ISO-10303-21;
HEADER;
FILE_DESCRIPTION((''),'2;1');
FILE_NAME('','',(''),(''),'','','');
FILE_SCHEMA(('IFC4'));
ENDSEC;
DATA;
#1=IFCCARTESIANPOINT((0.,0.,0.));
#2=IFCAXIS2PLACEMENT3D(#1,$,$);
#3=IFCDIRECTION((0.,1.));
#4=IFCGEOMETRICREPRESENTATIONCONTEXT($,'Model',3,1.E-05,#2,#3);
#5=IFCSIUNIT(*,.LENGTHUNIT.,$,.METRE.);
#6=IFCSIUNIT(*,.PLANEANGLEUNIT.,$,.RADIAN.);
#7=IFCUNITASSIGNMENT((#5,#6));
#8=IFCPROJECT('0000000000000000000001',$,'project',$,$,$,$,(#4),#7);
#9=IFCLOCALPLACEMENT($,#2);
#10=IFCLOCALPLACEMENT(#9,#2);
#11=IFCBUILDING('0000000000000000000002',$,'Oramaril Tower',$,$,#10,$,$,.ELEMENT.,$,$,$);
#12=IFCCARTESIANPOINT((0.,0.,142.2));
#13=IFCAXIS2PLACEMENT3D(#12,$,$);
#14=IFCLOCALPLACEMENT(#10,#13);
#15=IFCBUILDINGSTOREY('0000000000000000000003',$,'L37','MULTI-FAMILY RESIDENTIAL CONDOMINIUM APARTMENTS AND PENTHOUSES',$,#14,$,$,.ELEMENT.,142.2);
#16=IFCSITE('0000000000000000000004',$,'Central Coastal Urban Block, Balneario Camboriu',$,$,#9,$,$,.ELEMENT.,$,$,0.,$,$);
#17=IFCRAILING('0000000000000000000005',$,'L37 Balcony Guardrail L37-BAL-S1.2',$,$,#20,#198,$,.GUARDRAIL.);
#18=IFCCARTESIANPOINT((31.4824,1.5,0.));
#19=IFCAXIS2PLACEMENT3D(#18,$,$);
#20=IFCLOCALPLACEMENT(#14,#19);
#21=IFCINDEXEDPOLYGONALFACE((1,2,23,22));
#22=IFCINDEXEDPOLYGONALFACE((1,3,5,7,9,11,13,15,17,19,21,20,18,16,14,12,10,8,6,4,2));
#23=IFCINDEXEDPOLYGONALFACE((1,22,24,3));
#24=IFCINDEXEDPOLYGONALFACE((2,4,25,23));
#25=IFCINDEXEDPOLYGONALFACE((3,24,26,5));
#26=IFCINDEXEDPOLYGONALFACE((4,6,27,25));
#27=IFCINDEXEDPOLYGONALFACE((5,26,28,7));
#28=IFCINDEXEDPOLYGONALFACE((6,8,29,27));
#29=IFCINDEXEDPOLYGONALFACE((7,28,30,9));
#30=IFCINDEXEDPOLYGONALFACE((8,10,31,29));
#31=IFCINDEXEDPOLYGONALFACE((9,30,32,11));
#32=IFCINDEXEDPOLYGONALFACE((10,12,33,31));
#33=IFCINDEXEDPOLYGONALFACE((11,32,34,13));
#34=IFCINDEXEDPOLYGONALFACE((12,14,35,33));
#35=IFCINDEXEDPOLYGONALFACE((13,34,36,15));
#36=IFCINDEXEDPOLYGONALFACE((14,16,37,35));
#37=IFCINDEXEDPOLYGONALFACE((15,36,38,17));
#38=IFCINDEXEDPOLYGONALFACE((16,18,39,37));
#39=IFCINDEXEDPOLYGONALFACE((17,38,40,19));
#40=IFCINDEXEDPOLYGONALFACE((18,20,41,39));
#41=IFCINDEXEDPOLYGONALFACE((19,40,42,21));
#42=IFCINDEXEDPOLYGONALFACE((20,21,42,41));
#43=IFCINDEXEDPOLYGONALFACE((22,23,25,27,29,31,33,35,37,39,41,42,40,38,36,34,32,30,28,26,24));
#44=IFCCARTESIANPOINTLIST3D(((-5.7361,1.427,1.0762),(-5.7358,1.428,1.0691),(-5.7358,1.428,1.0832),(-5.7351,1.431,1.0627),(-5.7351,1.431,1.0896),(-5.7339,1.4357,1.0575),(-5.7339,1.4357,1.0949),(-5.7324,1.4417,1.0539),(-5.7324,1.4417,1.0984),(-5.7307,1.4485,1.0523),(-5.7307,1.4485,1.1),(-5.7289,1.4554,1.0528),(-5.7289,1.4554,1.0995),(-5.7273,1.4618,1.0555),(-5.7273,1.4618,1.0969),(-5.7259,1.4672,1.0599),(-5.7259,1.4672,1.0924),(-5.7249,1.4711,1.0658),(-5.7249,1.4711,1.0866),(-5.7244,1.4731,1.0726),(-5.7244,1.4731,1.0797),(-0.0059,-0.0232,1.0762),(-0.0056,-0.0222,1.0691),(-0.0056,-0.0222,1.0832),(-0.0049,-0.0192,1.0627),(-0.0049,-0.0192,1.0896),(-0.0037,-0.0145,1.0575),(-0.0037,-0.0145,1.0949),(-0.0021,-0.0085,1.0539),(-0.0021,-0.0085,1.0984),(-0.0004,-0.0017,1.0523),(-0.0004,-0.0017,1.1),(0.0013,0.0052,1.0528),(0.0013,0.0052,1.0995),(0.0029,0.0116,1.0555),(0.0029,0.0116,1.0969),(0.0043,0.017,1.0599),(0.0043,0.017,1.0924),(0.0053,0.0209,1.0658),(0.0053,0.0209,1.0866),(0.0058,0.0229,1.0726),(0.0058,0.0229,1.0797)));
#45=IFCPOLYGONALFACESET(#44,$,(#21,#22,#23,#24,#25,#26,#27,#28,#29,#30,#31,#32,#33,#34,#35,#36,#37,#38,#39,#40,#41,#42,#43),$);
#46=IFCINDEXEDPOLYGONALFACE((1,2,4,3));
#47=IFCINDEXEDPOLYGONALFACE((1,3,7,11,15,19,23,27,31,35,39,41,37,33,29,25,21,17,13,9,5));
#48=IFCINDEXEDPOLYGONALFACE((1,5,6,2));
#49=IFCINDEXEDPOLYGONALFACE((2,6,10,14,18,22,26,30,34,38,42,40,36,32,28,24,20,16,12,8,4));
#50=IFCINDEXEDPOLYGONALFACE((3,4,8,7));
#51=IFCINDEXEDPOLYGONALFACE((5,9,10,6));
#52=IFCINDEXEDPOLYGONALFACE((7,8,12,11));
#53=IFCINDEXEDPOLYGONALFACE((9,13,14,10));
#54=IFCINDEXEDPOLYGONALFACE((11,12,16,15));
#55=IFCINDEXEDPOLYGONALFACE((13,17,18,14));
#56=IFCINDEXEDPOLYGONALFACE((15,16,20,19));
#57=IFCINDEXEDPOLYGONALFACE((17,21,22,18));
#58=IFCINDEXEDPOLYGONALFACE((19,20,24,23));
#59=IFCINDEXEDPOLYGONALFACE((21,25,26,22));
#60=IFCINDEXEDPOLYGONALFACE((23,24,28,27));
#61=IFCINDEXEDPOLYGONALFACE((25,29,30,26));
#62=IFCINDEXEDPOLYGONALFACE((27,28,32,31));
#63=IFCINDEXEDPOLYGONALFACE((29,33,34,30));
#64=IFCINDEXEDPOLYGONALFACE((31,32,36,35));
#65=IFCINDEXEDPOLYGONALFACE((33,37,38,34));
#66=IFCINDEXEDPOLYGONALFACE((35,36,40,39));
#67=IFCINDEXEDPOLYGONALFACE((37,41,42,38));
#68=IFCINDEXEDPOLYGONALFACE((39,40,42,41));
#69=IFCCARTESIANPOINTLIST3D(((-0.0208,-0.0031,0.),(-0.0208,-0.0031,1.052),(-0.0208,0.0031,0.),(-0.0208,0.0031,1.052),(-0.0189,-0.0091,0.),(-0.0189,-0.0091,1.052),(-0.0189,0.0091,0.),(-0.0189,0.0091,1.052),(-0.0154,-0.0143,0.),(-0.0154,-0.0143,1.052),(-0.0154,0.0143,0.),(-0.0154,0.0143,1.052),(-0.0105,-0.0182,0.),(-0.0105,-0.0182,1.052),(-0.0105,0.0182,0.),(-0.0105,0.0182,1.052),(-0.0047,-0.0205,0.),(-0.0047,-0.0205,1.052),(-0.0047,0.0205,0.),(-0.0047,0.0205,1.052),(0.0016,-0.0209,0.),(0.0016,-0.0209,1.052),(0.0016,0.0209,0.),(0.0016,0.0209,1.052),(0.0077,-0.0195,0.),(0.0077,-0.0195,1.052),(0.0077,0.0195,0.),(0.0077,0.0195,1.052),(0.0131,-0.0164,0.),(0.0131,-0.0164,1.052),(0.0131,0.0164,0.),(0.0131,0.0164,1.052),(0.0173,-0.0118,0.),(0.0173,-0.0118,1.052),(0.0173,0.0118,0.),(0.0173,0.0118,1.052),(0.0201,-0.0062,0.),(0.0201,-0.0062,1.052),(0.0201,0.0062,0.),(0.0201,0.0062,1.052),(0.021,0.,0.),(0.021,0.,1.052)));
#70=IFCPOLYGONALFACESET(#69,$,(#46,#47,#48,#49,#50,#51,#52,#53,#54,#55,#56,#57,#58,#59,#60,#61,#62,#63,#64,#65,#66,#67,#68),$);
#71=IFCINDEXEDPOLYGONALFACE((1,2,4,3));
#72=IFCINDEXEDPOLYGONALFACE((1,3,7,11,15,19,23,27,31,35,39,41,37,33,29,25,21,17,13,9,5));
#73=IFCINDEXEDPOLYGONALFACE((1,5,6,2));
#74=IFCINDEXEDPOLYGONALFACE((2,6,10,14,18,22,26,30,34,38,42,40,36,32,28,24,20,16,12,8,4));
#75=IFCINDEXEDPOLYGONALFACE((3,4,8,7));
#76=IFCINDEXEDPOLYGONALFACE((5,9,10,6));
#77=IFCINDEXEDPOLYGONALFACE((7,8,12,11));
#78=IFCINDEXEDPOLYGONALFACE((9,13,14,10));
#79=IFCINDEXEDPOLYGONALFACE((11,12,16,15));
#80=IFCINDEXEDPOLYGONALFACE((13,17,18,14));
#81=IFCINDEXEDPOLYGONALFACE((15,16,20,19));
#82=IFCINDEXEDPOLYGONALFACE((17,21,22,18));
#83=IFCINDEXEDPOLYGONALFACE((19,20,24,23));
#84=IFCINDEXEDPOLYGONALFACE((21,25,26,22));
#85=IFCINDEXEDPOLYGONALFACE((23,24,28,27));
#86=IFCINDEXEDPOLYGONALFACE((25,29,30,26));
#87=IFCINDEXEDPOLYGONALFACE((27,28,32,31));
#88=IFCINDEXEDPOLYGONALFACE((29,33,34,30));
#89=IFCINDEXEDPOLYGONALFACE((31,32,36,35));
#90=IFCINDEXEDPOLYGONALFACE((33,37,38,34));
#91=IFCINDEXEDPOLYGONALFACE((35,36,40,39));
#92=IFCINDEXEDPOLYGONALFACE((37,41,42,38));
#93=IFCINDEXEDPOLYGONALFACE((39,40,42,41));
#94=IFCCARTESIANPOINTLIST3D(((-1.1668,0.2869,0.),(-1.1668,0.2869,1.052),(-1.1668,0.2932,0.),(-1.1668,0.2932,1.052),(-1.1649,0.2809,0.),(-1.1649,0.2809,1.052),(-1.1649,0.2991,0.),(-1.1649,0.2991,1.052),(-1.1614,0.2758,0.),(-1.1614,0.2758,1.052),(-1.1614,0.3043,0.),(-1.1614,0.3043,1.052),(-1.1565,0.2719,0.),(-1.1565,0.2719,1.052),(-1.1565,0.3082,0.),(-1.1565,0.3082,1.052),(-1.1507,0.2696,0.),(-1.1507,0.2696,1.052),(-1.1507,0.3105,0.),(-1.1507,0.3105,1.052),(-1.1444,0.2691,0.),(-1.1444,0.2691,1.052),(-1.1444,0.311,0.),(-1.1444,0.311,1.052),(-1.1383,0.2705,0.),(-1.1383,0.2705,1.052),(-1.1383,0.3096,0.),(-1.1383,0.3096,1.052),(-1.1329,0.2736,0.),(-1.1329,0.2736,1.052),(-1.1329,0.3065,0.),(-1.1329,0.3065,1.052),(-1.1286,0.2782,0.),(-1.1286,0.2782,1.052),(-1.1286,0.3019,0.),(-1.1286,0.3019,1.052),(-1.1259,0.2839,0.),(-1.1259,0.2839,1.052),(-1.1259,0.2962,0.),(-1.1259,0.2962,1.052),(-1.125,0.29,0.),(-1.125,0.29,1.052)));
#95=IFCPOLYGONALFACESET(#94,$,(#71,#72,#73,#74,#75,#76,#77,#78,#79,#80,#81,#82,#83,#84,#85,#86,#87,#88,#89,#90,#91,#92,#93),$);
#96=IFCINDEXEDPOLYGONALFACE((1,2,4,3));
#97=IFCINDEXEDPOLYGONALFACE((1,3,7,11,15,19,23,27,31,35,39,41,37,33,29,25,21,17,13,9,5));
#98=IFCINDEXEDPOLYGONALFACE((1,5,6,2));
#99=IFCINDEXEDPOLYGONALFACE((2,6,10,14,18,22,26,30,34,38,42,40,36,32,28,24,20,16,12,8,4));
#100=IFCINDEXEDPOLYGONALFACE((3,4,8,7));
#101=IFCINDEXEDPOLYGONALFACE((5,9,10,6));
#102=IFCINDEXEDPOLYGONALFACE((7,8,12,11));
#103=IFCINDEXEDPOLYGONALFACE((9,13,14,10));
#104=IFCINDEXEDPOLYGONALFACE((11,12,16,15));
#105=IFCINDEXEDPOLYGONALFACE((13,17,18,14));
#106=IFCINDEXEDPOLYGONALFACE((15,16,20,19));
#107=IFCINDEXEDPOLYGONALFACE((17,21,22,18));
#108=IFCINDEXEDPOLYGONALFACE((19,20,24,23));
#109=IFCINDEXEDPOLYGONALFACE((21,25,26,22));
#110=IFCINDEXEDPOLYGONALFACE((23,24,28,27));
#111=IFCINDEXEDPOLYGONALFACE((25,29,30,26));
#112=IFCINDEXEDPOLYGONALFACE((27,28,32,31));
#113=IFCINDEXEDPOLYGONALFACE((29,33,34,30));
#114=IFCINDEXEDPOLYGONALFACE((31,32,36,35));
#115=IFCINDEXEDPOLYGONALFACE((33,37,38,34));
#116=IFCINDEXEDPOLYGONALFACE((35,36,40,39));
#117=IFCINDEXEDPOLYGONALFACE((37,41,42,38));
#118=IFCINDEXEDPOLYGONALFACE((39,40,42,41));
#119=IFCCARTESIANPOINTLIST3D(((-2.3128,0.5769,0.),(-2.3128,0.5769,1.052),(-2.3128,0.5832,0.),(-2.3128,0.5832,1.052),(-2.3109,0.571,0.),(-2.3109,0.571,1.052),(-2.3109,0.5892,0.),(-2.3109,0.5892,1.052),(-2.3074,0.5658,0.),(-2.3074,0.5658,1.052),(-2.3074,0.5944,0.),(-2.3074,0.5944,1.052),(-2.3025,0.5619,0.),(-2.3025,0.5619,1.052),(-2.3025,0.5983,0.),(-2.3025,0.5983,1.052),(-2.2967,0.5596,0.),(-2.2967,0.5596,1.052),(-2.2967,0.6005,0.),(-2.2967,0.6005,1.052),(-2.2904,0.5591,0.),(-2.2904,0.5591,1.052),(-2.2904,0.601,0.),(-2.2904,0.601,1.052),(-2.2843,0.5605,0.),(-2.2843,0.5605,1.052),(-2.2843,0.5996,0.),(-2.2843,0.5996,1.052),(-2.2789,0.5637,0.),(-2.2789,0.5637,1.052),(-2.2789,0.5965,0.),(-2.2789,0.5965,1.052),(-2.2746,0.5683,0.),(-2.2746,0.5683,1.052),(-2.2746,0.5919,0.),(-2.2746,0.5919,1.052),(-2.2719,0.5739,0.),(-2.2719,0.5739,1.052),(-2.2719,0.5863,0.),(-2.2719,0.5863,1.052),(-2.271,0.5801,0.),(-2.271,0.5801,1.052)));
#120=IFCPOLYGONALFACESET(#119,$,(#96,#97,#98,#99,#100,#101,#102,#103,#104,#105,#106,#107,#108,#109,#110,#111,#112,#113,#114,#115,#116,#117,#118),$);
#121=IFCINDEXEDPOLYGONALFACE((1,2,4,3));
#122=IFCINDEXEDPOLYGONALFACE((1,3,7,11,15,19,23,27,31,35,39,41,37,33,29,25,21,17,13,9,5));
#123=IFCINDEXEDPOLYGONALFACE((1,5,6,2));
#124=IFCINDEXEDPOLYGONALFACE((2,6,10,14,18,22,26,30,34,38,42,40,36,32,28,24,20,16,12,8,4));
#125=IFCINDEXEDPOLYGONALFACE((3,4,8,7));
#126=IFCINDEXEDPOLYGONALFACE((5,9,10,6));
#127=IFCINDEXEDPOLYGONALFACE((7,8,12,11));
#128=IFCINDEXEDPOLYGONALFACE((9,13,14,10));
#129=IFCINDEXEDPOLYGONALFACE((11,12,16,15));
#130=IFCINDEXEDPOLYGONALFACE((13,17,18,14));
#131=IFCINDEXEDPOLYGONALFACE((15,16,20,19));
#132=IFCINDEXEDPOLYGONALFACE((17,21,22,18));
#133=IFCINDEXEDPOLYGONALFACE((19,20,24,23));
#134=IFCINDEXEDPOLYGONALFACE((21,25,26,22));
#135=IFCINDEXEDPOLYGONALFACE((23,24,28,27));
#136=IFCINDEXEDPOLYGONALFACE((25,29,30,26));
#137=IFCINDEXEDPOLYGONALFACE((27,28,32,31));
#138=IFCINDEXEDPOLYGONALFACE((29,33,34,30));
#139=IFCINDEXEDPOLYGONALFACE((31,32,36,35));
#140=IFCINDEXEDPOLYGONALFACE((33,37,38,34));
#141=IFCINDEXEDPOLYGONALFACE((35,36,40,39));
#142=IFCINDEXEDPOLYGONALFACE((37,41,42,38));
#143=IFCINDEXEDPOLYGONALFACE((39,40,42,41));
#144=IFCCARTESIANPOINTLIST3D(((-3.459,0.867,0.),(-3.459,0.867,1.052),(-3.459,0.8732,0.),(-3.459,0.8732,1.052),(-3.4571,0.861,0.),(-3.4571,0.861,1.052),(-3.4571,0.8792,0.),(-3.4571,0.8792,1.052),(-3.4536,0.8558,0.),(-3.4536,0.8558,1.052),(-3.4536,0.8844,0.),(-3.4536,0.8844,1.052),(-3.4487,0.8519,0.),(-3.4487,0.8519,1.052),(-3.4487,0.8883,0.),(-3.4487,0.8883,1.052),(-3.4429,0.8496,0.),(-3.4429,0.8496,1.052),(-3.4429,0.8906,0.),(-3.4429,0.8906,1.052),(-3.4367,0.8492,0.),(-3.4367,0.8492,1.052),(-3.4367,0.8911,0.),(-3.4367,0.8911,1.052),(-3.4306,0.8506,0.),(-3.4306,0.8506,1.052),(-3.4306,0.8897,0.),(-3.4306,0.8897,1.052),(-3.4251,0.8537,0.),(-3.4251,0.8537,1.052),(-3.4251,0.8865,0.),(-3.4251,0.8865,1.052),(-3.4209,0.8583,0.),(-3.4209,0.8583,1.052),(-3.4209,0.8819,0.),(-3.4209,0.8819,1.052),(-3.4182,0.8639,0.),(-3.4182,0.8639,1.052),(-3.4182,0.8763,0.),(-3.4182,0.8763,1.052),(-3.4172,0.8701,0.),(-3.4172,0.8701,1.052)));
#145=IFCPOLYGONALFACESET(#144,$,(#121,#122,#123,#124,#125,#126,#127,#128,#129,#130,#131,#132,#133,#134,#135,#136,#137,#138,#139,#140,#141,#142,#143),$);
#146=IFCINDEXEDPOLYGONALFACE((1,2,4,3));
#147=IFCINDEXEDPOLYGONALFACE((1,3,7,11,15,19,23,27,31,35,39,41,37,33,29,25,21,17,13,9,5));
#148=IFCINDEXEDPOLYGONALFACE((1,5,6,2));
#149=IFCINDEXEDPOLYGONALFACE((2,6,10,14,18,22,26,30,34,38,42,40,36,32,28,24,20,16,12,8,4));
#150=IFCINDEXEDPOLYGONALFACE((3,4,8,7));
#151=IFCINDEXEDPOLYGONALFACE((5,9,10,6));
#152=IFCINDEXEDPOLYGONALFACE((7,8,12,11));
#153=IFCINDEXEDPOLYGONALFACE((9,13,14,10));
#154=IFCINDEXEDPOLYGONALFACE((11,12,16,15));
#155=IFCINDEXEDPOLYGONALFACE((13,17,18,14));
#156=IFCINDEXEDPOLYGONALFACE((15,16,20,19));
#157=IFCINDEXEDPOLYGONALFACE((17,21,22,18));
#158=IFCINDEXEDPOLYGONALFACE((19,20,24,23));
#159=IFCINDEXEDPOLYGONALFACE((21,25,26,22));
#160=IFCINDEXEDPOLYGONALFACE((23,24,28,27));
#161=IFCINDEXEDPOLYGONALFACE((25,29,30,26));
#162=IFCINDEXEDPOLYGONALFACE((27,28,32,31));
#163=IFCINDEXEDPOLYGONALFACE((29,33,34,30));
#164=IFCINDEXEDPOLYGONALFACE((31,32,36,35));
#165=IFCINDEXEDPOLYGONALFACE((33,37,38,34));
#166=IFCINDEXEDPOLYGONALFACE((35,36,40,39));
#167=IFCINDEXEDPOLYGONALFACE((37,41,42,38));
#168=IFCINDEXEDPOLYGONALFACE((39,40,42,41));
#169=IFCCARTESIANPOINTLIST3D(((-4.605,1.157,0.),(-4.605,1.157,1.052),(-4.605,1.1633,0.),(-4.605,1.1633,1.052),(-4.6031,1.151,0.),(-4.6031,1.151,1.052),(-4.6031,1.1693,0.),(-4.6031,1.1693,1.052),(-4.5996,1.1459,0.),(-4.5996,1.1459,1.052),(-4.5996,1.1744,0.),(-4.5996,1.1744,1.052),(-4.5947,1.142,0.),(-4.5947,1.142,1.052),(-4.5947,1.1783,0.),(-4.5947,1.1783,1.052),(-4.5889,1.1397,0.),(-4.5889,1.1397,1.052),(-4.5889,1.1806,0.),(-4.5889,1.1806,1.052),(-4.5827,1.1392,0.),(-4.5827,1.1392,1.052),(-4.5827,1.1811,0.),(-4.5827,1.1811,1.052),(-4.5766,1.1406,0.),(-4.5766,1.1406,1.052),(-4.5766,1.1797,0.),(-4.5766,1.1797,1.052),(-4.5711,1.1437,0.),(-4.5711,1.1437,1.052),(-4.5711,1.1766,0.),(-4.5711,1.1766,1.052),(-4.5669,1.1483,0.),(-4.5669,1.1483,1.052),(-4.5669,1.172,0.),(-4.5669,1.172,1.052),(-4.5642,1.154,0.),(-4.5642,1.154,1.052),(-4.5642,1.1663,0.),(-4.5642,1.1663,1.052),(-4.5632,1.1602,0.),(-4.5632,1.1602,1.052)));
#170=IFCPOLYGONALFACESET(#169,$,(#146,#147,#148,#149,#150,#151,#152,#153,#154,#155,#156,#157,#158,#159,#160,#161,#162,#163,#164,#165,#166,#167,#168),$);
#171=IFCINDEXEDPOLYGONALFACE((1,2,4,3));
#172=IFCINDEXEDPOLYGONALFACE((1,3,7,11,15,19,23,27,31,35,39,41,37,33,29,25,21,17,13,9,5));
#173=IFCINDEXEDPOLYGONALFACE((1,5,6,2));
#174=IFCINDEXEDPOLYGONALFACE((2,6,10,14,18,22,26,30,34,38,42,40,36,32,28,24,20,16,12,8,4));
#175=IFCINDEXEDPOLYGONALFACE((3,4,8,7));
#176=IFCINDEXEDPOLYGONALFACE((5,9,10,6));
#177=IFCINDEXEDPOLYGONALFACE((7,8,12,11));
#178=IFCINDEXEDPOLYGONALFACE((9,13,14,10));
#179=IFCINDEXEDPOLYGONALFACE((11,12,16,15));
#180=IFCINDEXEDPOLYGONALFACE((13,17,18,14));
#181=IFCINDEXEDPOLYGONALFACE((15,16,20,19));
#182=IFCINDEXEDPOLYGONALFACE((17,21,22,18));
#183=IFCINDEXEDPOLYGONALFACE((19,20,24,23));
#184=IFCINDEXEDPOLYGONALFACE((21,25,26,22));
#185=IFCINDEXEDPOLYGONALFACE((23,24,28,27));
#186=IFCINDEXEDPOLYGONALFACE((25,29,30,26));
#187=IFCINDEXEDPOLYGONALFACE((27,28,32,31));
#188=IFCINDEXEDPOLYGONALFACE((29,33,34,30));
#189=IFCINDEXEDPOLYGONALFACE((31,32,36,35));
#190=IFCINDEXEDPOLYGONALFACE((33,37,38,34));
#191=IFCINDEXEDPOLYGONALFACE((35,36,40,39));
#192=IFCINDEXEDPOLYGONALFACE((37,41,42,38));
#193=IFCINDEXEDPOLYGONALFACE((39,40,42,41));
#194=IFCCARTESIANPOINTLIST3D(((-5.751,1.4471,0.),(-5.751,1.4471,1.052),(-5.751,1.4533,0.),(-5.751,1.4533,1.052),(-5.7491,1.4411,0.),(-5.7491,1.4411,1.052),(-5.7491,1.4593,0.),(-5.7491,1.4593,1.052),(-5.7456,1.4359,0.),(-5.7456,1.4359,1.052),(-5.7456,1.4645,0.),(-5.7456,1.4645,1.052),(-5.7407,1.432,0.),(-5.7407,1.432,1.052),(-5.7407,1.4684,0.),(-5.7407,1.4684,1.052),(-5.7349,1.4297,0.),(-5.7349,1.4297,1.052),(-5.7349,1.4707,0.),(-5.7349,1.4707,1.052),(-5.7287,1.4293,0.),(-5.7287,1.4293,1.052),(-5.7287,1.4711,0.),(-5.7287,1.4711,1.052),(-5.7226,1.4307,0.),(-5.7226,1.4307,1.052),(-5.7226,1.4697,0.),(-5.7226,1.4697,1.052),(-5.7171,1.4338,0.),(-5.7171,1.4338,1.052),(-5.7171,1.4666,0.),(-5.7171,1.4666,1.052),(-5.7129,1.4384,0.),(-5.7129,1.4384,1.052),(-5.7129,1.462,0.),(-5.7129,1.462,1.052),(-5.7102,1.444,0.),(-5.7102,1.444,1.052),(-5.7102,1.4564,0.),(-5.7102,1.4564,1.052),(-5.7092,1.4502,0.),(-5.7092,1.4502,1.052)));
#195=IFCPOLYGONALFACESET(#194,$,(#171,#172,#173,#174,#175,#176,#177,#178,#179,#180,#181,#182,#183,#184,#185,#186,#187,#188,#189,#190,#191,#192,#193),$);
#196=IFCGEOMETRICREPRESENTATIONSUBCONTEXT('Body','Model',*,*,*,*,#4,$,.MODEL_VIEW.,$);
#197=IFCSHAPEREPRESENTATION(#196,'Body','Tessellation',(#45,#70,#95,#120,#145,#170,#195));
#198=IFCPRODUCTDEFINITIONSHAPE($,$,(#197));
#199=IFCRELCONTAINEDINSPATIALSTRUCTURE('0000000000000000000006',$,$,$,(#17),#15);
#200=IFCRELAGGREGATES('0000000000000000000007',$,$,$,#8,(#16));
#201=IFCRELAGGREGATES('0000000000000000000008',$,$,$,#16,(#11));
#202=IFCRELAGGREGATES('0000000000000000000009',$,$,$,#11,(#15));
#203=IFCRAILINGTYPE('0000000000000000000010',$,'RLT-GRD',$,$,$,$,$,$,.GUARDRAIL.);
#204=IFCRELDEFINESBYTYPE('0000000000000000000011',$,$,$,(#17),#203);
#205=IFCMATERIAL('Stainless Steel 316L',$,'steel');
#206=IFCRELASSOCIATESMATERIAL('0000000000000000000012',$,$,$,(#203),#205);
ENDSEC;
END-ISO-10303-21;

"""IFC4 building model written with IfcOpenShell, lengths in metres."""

from ifc_helpers import new_model, si_unit, direction, frame, origin, origin_2d, place, context, subcontext, project, spatial, circle, extrude, material, type_object, element, save


model = new_model("IFC4")

# Units and contexts
model_context = context("Model", 3, precision=1e-05, world=origin(), true_north=direction((0.0, 1.0)))
body_context = subcontext(model_context, "Body", "Model", "MODEL_VIEW")
ifc_project = project(units=[si_unit("LENGTHUNIT", "METRE"), si_unit("PLANEANGLEUNIT", "RADIAN")], contexts=[model_context])

# Site, building, storey
site_placement = place(None, origin())
site = spatial("IfcSite", under=ifc_project, at=site_placement, Name="Central Coastal Urban Block, Balneario Camboriu", CompositionType="ELEMENT", RefElevation=0.0)
building_placement = place(site_placement, origin())
building = spatial("IfcBuilding", under=site, at=building_placement, Name="Oramaril Tower", CompositionType="ELEMENT")
storey_placement = place(building_placement, frame((0.0, 0.0, 142.2)))
storey = spatial("IfcBuildingStorey", under=building, at=storey_placement, Name="L37", Description="MULTI-FAMILY RESIDENTIAL CONDOMINIUM APARTMENTS AND PENTHOUSES", CompositionType="ELEMENT", Elevation=142.2)

# Railing
ifc_material_1 = material(Name="Stainless Steel 316L", Category="steel")
railing_type = type_object("IfcRailingType", Name="RLT-GRD", PredefinedType="GUARDRAIL", material=ifc_material_1)
railing_1_placement = place(storey_placement, frame((31.4824, 1.5, 0.0)))
element("IfcRailing", 1, at=railing_1_placement, inside=storey, type_object=railing_type, Name="L37 Balcony Guardrail L37-BAL-S1.2", PredefinedType="GUARDRAIL", context=body_context, shape_type="SweptSolid", body=[
    extrude(circle(Radius=0.0239, at=origin_2d()), frame((0.0, 0.0, 1.0762), z_axis=(-0.969436, 0.245343, 0.0), x_axis=(-0.245343, -0.969436, 0.0)), (0.0, 0.0, 1.0), 5.9109),
    extrude(circle(Radius=0.021, at=origin_2d()), origin(), (0.0, 0.0, 1.0), 1.052),
    extrude(circle(Radius=0.021, at=origin_2d()), frame((-1.146, 0.29, 0.0)), (0.0, 0.0, 1.0), 1.052),
    extrude(circle(Radius=0.021, at=origin_2d()), frame((-2.292, 0.5801, 0.0)), (0.0, 0.0, 1.0), 1.052),
    extrude(circle(Radius=0.021, at=origin_2d()), frame((-3.4382, 0.8701, 0.0)), (0.0, 0.0, 1.0), 1.052),
    extrude(circle(Radius=0.021, at=origin_2d()), frame((-4.5842, 1.1602, 0.0)), (0.0, 0.0, 1.0), 1.052),
    extrude(circle(Radius=0.021, at=origin_2d()), frame((-5.7302, 1.4502, 0.0)), (0.0, 0.0, 1.0), 1.052),
])

save(model, "model.ifc")
